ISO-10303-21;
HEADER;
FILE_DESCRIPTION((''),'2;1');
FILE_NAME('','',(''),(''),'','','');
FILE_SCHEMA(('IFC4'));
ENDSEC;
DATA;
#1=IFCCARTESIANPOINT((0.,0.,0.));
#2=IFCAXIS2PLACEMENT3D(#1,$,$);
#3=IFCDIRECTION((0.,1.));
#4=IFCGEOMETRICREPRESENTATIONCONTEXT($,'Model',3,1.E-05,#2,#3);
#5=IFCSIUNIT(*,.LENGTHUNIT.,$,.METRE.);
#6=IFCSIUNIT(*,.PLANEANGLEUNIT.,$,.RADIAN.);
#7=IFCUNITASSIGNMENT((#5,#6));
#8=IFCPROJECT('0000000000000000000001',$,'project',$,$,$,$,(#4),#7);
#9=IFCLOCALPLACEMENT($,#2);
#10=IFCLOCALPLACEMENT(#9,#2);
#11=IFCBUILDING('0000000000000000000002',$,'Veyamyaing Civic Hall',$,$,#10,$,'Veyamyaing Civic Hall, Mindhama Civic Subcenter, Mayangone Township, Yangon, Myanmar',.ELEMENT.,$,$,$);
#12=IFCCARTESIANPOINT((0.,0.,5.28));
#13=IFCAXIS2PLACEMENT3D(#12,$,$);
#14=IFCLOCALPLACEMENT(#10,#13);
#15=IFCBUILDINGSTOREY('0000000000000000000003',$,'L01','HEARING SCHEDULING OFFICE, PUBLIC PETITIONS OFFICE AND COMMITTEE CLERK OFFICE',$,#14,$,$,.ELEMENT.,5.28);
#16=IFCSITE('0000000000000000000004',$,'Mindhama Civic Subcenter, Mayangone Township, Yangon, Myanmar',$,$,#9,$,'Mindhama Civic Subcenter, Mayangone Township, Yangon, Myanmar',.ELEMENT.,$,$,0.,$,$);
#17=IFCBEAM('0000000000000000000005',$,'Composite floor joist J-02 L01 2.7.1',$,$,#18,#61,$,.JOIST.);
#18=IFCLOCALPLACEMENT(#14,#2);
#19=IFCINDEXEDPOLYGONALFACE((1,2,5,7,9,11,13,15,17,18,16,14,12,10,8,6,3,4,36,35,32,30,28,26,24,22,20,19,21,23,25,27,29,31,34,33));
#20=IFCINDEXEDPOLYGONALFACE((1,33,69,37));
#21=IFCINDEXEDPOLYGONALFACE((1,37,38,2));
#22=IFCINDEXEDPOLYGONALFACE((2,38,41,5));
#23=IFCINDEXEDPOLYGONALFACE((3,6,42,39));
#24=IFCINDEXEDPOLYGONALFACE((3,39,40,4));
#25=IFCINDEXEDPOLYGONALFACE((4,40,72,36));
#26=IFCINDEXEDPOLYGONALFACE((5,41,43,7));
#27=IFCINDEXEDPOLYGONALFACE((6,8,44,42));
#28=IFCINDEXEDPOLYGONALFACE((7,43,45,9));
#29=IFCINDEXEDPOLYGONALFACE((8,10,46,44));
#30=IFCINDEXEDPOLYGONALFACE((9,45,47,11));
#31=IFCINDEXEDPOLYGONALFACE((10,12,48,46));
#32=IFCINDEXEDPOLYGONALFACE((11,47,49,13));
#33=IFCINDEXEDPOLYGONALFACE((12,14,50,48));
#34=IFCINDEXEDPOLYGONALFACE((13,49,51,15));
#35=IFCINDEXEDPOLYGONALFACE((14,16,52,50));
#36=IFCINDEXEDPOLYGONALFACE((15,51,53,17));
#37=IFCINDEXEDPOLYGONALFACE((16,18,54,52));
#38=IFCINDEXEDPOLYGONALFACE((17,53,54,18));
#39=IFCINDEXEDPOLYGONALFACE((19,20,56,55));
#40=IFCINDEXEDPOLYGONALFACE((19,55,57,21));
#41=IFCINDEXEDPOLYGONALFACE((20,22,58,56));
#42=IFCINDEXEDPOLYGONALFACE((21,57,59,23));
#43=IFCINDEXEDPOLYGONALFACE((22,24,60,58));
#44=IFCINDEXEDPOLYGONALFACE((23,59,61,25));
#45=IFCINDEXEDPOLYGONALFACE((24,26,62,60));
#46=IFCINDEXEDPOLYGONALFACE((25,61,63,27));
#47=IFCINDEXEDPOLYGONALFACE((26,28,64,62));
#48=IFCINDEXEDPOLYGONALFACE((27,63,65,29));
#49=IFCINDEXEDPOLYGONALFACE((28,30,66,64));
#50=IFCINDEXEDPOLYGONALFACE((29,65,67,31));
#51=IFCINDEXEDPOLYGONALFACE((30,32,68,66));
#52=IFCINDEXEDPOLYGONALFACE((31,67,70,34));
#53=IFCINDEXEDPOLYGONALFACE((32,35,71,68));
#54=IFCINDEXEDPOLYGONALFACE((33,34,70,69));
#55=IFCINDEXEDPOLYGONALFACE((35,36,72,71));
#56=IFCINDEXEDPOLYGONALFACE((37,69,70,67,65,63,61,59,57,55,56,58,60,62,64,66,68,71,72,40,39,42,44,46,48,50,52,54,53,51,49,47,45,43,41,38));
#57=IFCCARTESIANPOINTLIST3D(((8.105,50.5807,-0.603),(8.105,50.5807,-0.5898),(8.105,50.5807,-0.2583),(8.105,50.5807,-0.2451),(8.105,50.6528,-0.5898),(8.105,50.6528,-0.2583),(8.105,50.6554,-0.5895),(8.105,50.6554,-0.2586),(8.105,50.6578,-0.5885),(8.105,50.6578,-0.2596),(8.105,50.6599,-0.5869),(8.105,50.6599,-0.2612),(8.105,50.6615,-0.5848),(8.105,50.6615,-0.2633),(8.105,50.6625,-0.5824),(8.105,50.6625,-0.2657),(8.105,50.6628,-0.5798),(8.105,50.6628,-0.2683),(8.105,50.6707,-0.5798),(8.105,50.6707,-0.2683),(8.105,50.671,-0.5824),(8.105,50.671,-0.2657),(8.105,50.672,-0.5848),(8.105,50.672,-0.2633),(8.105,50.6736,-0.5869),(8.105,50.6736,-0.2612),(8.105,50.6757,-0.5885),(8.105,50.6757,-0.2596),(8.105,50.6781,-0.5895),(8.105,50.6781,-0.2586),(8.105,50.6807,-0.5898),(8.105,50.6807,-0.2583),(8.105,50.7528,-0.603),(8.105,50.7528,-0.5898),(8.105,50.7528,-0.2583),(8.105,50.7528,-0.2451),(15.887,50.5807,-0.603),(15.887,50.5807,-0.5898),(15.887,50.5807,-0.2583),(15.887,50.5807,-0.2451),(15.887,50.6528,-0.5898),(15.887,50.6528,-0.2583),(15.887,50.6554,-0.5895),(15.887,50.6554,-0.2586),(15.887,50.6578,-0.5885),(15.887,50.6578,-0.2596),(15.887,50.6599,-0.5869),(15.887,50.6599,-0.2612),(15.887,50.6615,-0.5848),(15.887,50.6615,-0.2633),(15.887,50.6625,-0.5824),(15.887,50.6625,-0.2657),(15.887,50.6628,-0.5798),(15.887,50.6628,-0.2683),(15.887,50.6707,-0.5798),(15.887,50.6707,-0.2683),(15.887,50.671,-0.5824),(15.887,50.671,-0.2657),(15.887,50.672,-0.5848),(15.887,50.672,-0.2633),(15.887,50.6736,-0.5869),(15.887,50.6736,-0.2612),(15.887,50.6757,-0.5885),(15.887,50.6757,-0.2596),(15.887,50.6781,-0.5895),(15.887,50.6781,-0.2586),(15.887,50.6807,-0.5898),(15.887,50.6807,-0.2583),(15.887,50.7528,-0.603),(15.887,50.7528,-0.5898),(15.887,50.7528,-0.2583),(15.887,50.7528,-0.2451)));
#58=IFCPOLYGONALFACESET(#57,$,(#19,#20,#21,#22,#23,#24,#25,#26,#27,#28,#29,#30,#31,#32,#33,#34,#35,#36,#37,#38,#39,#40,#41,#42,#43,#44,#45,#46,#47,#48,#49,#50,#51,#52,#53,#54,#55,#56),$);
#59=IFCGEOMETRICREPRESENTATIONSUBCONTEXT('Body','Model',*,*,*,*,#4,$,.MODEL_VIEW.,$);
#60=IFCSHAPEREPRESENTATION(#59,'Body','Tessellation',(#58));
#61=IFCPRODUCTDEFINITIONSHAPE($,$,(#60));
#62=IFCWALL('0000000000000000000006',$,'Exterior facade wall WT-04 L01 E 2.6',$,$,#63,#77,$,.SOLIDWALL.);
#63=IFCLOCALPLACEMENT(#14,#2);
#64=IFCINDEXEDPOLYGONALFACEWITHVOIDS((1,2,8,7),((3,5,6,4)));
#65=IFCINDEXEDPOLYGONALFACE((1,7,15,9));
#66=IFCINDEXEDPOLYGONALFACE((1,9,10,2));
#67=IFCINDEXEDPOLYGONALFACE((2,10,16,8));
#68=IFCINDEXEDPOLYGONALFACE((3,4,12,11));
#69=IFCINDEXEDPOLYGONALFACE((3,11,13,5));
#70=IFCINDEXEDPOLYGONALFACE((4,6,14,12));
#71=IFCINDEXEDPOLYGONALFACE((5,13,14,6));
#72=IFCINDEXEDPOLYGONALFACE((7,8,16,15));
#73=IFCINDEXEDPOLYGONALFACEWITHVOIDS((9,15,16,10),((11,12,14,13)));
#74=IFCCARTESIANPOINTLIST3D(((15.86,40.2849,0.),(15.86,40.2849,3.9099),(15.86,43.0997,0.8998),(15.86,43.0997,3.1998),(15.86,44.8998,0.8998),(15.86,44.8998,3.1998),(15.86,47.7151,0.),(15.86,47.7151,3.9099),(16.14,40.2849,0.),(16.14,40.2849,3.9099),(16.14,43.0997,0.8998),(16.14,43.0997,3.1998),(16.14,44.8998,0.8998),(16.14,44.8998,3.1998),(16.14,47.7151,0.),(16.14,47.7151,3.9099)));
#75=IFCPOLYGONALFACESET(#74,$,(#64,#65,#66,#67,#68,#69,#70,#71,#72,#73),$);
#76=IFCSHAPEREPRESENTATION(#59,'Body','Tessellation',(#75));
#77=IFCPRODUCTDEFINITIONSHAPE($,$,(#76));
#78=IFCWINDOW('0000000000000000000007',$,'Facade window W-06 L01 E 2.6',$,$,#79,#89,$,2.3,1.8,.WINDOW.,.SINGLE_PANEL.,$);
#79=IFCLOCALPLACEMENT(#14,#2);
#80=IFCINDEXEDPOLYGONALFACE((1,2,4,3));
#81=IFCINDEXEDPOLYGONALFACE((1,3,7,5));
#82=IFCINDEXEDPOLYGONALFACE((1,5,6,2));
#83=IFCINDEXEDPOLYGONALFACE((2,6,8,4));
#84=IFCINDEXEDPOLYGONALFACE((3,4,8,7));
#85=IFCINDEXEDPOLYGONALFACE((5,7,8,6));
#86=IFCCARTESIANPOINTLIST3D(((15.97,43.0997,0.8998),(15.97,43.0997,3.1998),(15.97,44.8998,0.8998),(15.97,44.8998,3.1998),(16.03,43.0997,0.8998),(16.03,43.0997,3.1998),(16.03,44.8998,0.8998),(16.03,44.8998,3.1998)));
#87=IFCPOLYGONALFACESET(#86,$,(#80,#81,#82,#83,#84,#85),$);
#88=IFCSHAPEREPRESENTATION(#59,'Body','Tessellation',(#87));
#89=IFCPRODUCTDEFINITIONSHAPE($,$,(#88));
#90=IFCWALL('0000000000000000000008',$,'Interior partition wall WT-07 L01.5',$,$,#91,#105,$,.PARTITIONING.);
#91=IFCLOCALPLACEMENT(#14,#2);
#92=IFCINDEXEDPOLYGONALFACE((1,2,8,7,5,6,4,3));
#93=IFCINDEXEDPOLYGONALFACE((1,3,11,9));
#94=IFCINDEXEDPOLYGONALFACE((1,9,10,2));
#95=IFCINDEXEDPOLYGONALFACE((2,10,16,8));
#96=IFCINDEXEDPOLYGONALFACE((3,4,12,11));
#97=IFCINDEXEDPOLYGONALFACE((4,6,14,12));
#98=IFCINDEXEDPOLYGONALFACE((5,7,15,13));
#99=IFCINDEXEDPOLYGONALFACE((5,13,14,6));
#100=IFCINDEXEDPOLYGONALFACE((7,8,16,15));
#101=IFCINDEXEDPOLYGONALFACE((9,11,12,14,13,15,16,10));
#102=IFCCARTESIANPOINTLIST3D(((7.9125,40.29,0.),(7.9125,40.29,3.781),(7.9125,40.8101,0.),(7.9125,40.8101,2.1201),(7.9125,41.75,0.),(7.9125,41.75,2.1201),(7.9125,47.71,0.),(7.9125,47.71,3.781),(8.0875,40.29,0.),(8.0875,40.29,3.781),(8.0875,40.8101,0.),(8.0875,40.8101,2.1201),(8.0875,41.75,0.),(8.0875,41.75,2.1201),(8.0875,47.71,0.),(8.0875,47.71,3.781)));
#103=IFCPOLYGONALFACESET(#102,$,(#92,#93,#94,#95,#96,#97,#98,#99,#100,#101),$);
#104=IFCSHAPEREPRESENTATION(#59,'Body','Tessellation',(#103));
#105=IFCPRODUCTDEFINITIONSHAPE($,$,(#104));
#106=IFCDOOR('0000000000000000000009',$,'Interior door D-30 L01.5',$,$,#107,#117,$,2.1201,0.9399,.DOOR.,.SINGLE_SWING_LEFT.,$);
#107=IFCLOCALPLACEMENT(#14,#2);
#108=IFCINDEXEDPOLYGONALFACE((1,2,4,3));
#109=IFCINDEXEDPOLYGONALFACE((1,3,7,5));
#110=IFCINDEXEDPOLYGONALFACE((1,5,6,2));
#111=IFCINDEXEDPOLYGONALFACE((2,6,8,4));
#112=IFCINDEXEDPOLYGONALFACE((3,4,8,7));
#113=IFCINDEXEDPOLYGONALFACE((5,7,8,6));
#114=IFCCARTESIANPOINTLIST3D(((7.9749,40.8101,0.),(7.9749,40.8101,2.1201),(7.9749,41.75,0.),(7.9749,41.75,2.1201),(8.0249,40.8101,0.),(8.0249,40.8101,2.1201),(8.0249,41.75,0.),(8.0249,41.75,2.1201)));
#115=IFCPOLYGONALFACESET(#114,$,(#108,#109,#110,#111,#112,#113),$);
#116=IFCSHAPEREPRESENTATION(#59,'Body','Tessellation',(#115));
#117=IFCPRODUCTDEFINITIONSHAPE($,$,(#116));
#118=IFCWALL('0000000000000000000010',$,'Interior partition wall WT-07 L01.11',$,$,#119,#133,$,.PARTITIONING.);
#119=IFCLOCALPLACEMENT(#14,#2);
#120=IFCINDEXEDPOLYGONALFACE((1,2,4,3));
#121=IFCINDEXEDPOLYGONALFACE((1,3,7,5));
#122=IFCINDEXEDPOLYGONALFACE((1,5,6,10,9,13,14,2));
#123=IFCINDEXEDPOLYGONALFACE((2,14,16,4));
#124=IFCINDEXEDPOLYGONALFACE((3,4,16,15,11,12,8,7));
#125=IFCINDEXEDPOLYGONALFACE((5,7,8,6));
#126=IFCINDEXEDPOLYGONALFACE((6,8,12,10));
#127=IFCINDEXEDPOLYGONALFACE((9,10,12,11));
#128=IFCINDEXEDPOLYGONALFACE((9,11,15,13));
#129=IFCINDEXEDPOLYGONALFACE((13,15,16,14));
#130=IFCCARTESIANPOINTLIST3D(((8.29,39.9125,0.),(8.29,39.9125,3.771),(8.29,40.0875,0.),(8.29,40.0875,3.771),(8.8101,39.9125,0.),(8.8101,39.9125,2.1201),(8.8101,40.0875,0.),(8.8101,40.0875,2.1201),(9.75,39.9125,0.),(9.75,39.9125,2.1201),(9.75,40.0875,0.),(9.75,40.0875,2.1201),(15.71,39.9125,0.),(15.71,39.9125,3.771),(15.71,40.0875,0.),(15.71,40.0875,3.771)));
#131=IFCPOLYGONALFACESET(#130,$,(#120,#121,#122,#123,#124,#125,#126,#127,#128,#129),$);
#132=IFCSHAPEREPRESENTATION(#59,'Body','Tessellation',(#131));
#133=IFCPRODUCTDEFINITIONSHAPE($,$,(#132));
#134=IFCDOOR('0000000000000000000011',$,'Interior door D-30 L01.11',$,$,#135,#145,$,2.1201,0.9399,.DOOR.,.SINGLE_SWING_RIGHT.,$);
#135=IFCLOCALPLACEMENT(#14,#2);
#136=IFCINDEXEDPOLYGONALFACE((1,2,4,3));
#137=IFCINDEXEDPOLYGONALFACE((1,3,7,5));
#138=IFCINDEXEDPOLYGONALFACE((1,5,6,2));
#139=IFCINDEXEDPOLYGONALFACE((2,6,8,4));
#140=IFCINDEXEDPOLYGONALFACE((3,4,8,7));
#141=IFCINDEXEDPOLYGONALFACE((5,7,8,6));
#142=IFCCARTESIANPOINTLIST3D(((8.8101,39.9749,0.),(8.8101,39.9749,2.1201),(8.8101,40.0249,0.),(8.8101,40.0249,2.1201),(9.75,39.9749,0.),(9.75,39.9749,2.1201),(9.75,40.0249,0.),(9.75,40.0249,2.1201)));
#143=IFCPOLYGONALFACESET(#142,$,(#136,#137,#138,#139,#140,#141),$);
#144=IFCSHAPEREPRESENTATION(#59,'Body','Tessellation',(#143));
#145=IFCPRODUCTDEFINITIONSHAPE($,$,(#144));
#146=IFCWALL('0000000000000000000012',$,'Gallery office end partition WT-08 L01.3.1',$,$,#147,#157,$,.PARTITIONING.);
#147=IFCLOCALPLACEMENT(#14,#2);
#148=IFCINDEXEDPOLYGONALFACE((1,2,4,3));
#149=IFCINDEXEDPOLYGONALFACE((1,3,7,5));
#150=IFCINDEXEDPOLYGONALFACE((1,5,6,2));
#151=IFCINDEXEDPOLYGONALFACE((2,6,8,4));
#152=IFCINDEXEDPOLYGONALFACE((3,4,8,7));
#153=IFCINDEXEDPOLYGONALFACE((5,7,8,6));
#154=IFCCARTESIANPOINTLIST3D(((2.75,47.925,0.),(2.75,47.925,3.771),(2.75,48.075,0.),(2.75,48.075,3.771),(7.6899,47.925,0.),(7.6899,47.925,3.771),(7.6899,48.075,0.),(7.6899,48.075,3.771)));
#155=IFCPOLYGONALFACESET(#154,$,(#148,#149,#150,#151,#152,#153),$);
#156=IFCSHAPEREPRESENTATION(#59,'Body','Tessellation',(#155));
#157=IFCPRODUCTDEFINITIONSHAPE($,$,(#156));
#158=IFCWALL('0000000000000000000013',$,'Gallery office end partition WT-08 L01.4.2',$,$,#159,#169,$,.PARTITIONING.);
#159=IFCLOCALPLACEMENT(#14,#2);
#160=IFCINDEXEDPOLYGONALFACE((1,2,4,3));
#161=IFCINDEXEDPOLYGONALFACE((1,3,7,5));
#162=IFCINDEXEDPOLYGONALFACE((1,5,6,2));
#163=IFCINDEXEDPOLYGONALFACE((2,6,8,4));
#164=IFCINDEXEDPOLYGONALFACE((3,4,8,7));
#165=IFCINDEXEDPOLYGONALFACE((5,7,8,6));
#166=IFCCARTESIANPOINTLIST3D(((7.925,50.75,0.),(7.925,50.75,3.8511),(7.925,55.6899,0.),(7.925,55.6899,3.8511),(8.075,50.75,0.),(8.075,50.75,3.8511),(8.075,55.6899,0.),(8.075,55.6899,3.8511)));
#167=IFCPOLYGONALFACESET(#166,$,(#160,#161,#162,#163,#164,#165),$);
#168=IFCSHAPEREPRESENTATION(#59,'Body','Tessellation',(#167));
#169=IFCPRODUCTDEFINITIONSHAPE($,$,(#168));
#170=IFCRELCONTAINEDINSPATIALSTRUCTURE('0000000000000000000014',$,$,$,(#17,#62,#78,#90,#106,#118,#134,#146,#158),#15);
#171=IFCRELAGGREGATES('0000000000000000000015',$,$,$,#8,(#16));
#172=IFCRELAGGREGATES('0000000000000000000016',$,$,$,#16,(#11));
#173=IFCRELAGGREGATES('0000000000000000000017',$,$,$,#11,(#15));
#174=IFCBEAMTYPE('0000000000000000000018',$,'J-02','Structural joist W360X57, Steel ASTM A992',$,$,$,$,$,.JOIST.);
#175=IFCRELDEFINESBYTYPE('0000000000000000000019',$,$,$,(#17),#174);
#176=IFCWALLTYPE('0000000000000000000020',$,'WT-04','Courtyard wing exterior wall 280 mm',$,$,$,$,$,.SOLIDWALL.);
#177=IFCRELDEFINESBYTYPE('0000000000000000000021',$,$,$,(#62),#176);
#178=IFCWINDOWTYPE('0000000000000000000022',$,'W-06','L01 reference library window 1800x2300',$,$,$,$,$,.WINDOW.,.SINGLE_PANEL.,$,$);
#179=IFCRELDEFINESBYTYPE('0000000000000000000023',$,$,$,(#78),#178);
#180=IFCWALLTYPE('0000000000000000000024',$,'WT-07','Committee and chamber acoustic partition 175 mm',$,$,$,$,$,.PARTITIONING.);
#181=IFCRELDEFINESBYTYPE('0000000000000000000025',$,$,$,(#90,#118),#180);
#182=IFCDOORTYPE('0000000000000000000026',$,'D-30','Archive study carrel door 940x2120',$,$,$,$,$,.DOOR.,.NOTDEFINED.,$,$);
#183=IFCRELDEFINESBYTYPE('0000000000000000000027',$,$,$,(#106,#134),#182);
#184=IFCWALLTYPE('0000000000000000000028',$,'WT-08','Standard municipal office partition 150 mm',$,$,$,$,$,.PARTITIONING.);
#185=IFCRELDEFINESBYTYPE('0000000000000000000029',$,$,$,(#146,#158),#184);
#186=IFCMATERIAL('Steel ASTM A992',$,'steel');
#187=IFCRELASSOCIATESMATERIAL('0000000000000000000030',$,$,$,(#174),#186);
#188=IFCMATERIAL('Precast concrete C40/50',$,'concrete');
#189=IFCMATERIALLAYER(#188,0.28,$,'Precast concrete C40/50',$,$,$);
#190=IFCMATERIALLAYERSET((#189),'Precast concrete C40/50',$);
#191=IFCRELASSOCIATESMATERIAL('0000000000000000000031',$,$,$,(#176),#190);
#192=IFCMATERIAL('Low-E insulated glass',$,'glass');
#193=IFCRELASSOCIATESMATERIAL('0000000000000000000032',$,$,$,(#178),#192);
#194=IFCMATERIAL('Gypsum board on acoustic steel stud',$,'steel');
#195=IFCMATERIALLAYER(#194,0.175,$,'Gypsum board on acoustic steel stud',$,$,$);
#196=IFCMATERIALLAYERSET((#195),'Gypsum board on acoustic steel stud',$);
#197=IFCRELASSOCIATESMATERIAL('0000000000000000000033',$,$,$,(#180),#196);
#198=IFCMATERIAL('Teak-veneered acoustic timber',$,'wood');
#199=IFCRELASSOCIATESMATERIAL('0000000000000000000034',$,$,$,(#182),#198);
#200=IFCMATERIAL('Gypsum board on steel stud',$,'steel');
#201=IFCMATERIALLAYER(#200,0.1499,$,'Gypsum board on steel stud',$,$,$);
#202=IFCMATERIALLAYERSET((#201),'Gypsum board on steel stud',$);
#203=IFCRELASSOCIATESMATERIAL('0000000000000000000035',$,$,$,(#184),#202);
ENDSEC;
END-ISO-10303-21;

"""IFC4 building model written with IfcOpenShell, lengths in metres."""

from ifc_helpers import new_model, si_unit, direction, frame, frame_2d, origin, origin_2d, place, context, subcontext, project, spatial, rectangle, i_section, extrude, material, layer, layer_set, material_profile, profile_set, type_object, element, fill, save


model = new_model("IFC4")

# Units and contexts
model_context = context("Model", 3, precision=1e-05, world=origin(), true_north=direction((0.0, 1.0)))
body_context = subcontext(model_context, "Body", "Model", "MODEL_VIEW")
ifc_project = project(units=[si_unit("LENGTHUNIT", "METRE"), si_unit("PLANEANGLEUNIT", "RADIAN")], contexts=[model_context])

# Site, building, storey
site_placement = place(None, origin())
site = spatial("IfcSite", under=ifc_project, at=site_placement, Name="Mindhama Civic Subcenter, Mayangone Township, Yangon, Myanmar", LongName="Mindhama Civic Subcenter, Mayangone Township, Yangon, Myanmar", CompositionType="ELEMENT", RefElevation=0.0)
building_placement = place(site_placement, origin())
building = spatial("IfcBuilding", under=site, at=building_placement, Name="Veyamyaing Civic Hall", LongName="Veyamyaing Civic Hall, Mindhama Civic Subcenter, Mayangone Township, Yangon, Myanmar", CompositionType="ELEMENT")
storey_placement = place(building_placement, frame((0.0, 0.0, 5.28)))
storey = spatial("IfcBuildingStorey", under=building, at=storey_placement, Name="L01", Description="HEARING SCHEDULING OFFICE, PUBLIC PETITIONS OFFICE AND COMMITTEE CLERK OFFICE", CompositionType="ELEMENT", Elevation=5.28)

# Beam
ifc_material_1 = material(Name="Steel ASTM A992", Category="steel")
ifc_material_profile_1 = material_profile(ifc_material_1, i_section(OverallWidth=0.1721, OverallDepth=0.3579, WebThickness=0.0078, FlangeThickness=0.0132, FilletRadius=0.01, at=origin_2d()), Name="W360X57")
ifc_profile_set_1 = profile_set([ifc_material_profile_1], Name="Steel ASTM A992")
beam_type_1 = type_object("IfcBeamType", Name="J-02", Description="Structural joist W360X57, Steel ASTM A992", PredefinedType="JOIST", material=ifc_profile_set_1)
beam_1_placement = place(storey_placement, frame((8.105, 50.6667, -0.4241), z_axis=(1.0, 0.0, 0.0), x_axis=(0.0, 1.0, 0.0)))
element("IfcBeam", 1, at=beam_1_placement, inside=storey, type_object=beam_type_1, Name="Composite floor joist J-02 L01 2.7.1", PredefinedType="JOIST", context=body_context, shape_type="SweptSolid", body=[
    extrude(i_section(OverallWidth=0.1721, OverallDepth=0.3579, WebThickness=0.0078, FlangeThickness=0.0132, FilletRadius=0.01, at=origin_2d()), origin(), (0.0, 0.0, 1.0), 7.782),
])

# Wall, opening, window
ifc_material_2 = material(Name="Precast concrete C40/50", Category="concrete")
ifc_layer_1 = layer(ifc_material_2, 0.28, Name="Precast concrete C40/50")
ifc_layer_set_1 = layer_set([ifc_layer_1], Name="Precast concrete C40/50")
wall_type_1 = type_object("IfcWallType", Name="WT-04", Description="Courtyard wing exterior wall 280 mm", PredefinedType="SOLIDWALL", material=ifc_layer_set_1)
wall_1_placement = place(storey_placement, frame((16.0, 40.2849, 0.0), z_axis=(0.0, 0.0, 1.0), x_axis=(0.0, 1.0, 0.0)))
wall_1 = element("IfcWall", 2, at=wall_1_placement, inside=storey, type_object=wall_type_1, Name="Exterior facade wall WT-04 L01 E 2.6", PredefinedType="SOLIDWALL", context=body_context, shape_type="SweptSolid", body=[
    extrude(rectangle(XDim=7.4302, YDim=0.28, at=frame_2d((3.7151, 0.0))), origin(), (0.0, 0.0, 1.0), 3.9099),
])
opening_1_placement = place(wall_1_placement, frame((2.8149, 0.0, 0.8999)))
opening_1 = element("IfcOpeningElement", 3, at=opening_1_placement, cuts=wall_1, PredefinedType="OPENING", context=body_context, shape_type="SweptSolid", body=[
    extrude(rectangle(XDim=1.8, YDim=2.3, at=frame_2d((0.8999, 1.1499))), frame((0.0, 0.1499, 0.0), z_axis=(0.0, -1.0, 0.0), x_axis=(1.0, 0.0, 0.0)), (0.0, 0.0, 1.0), 0.3),
])
ifc_material_3 = material(Name="Low-E insulated glass", Category="glass")
window_type = type_object("IfcWindowType", Name="W-06", Description="L01 reference library window 1800x2300", PartitioningType="SINGLE_PANEL", PredefinedType="WINDOW", material=ifc_material_3)
window_placement = place(opening_1_placement, origin())
window = element("IfcWindow", 4, at=window_placement, inside=storey, type_object=window_type, Name="Facade window W-06 L01 E 2.6", OverallHeight=2.3, OverallWidth=1.8, PartitioningType="SINGLE_PANEL", PredefinedType="WINDOW", context=body_context, shape_type="SweptSolid", body=[
    extrude(rectangle(XDim=1.8, YDim=2.3, at=frame_2d((0.8999, 1.1499))), frame((0.0, 0.03, 0.0), z_axis=(0.0, -1.0, 0.0), x_axis=(1.0, 0.0, 0.0)), (0.0, 0.0, 1.0), 0.0601),
])
fill(opening_1, window)

# Walls, openings, doors
ifc_material_4 = material(Name="Gypsum board on acoustic steel stud", Category="steel")
ifc_layer_2 = layer(ifc_material_4, 0.175, Name="Gypsum board on acoustic steel stud")
ifc_layer_set_2 = layer_set([ifc_layer_2], Name="Gypsum board on acoustic steel stud")
wall_type_2 = type_object("IfcWallType", Name="WT-07", Description="Committee and chamber acoustic partition 175 mm", PredefinedType="PARTITIONING", material=ifc_layer_set_2)
wall_2_placement = place(storey_placement, frame((8.0, 40.29, 0.0), z_axis=(0.0, 0.0, 1.0), x_axis=(0.0, 1.0, 0.0)))
wall_2 = element("IfcWall", 5, at=wall_2_placement, inside=storey, type_object=wall_type_2, Name="Interior partition wall WT-07 L01.5", PredefinedType="PARTITIONING", context=body_context, shape_type="SweptSolid", body=[
    extrude(rectangle(XDim=7.4199, YDim=0.175, at=frame_2d((3.71, 0.0))), origin(), (0.0, 0.0, 1.0), 3.781),
])
opening_2_placement = place(wall_2_placement, frame((0.52, 0.0, 0.0)))
opening_2 = element("IfcOpeningElement", 6, at=opening_2_placement, cuts=wall_2, PredefinedType="OPENING", context=body_context, shape_type="SweptSolid", body=[
    extrude(rectangle(XDim=0.9399, YDim=2.1201, at=frame_2d((0.47, 1.0601))), frame((0.0, 0.0974, 0.0), z_axis=(0.0, -1.0, 0.0), x_axis=(1.0, 0.0, 0.0)), (0.0, 0.0, 1.0), 0.1951),
])
ifc_material_5 = material(Name="Teak-veneered acoustic timber", Category="wood")
door_type_1 = type_object("IfcDoorType", Name="D-30", Description="Archive study carrel door 940x2120", OperationType="NOTDEFINED", PredefinedType="DOOR", material=ifc_material_5)
door_1_placement = place(opening_2_placement, frame((0.9399, 0.0, 0.0), z_axis=(0.0, 0.0, 1.0), x_axis=(-1.0, 0.0, 0.0)))
door_1 = element("IfcDoor", 7, at=door_1_placement, inside=storey, type_object=door_type_1, Name="Interior door D-30 L01.5", OperationType="SINGLE_SWING_LEFT", OverallHeight=2.1201, OverallWidth=0.9399, PredefinedType="DOOR", context=body_context, shape_type="SweptSolid", body=[
    extrude(rectangle(XDim=0.9399, YDim=2.1201, at=frame_2d((0.47, 1.0601))), frame((0.0, 0.0249, 0.0), z_axis=(0.0, -1.0, 0.0), x_axis=(1.0, 0.0, 0.0)), (0.0, 0.0, 1.0), 0.05),
])
fill(opening_2, door_1)
wall_3_placement = place(storey_placement, frame((8.29, 40.0, 0.0), z_axis=(0.0, 0.0, 1.0), x_axis=(1.0, 0.0, 0.0)))
wall_3 = element("IfcWall", 8, at=wall_3_placement, inside=storey, type_object=wall_type_2, Name="Interior partition wall WT-07 L01.11", PredefinedType="PARTITIONING", context=body_context, shape_type="SweptSolid", body=[
    extrude(rectangle(XDim=7.4199, YDim=0.175, at=frame_2d((3.71, 0.0))), origin(), (0.0, 0.0, 1.0), 3.771),
])
opening_3_placement = place(wall_3_placement, frame((0.52, 0.0, 0.0)))
opening_3 = element("IfcOpeningElement", 9, at=opening_3_placement, cuts=wall_3, PredefinedType="OPENING", context=body_context, shape_type="SweptSolid", body=[
    extrude(rectangle(XDim=0.9399, YDim=2.1201, at=frame_2d((0.47, 1.0601))), frame((0.0, 0.0974, 0.0), z_axis=(0.0, -1.0, 0.0), x_axis=(1.0, 0.0, 0.0)), (0.0, 0.0, 1.0), 0.1951),
])
door_2_placement = place(opening_3_placement, origin())
door_2 = element("IfcDoor", 10, at=door_2_placement, inside=storey, type_object=door_type_1, Name="Interior door D-30 L01.11", OperationType="SINGLE_SWING_RIGHT", OverallHeight=2.1201, OverallWidth=0.9399, PredefinedType="DOOR", context=body_context, shape_type="SweptSolid", body=[
    extrude(rectangle(XDim=0.9399, YDim=2.1201, at=frame_2d((0.47, 1.0601))), frame((0.0, 0.0249, 0.0), z_axis=(0.0, -1.0, 0.0), x_axis=(1.0, 0.0, 0.0)), (0.0, 0.0, 1.0), 0.05),
])
fill(opening_3, door_2)

# Walls
ifc_material_6 = material(Name="Gypsum board on steel stud", Category="steel")
ifc_layer_3 = layer(ifc_material_6, 0.1499, Name="Gypsum board on steel stud")
ifc_layer_set_3 = layer_set([ifc_layer_3], Name="Gypsum board on steel stud")
wall_type_3 = type_object("IfcWallType", Name="WT-08", Description="Standard municipal office partition 150 mm", PredefinedType="PARTITIONING", material=ifc_layer_set_3)
wall_4_placement = place(storey_placement, frame((2.75, 48.0, 0.0), z_axis=(0.0, 0.0, 1.0), x_axis=(1.0, 0.0, 0.0)))
element("IfcWall", 11, at=wall_4_placement, inside=storey, type_object=wall_type_3, Name="Gallery office end partition WT-08 L01.3.1", PredefinedType="PARTITIONING", context=body_context, shape_type="SweptSolid", body=[
    extrude(rectangle(XDim=4.9399, YDim=0.1499, at=frame_2d((2.47, 0.0))), origin(), (0.0, 0.0, 1.0), 3.771),
])
wall_5_placement = place(storey_placement, frame((8.0, 50.75, 0.0), z_axis=(0.0, 0.0, 1.0), x_axis=(0.0, 1.0, 0.0)))
element("IfcWall", 12, at=wall_5_placement, inside=storey, type_object=wall_type_3, Name="Gallery office end partition WT-08 L01.4.2", PredefinedType="PARTITIONING", context=body_context, shape_type="SweptSolid", body=[
    extrude(rectangle(XDim=4.9399, YDim=0.1499, at=frame_2d((2.47, 0.0))), origin(), (0.0, 0.0, 1.0), 3.8511),
])

save(model, "model.ifc")
